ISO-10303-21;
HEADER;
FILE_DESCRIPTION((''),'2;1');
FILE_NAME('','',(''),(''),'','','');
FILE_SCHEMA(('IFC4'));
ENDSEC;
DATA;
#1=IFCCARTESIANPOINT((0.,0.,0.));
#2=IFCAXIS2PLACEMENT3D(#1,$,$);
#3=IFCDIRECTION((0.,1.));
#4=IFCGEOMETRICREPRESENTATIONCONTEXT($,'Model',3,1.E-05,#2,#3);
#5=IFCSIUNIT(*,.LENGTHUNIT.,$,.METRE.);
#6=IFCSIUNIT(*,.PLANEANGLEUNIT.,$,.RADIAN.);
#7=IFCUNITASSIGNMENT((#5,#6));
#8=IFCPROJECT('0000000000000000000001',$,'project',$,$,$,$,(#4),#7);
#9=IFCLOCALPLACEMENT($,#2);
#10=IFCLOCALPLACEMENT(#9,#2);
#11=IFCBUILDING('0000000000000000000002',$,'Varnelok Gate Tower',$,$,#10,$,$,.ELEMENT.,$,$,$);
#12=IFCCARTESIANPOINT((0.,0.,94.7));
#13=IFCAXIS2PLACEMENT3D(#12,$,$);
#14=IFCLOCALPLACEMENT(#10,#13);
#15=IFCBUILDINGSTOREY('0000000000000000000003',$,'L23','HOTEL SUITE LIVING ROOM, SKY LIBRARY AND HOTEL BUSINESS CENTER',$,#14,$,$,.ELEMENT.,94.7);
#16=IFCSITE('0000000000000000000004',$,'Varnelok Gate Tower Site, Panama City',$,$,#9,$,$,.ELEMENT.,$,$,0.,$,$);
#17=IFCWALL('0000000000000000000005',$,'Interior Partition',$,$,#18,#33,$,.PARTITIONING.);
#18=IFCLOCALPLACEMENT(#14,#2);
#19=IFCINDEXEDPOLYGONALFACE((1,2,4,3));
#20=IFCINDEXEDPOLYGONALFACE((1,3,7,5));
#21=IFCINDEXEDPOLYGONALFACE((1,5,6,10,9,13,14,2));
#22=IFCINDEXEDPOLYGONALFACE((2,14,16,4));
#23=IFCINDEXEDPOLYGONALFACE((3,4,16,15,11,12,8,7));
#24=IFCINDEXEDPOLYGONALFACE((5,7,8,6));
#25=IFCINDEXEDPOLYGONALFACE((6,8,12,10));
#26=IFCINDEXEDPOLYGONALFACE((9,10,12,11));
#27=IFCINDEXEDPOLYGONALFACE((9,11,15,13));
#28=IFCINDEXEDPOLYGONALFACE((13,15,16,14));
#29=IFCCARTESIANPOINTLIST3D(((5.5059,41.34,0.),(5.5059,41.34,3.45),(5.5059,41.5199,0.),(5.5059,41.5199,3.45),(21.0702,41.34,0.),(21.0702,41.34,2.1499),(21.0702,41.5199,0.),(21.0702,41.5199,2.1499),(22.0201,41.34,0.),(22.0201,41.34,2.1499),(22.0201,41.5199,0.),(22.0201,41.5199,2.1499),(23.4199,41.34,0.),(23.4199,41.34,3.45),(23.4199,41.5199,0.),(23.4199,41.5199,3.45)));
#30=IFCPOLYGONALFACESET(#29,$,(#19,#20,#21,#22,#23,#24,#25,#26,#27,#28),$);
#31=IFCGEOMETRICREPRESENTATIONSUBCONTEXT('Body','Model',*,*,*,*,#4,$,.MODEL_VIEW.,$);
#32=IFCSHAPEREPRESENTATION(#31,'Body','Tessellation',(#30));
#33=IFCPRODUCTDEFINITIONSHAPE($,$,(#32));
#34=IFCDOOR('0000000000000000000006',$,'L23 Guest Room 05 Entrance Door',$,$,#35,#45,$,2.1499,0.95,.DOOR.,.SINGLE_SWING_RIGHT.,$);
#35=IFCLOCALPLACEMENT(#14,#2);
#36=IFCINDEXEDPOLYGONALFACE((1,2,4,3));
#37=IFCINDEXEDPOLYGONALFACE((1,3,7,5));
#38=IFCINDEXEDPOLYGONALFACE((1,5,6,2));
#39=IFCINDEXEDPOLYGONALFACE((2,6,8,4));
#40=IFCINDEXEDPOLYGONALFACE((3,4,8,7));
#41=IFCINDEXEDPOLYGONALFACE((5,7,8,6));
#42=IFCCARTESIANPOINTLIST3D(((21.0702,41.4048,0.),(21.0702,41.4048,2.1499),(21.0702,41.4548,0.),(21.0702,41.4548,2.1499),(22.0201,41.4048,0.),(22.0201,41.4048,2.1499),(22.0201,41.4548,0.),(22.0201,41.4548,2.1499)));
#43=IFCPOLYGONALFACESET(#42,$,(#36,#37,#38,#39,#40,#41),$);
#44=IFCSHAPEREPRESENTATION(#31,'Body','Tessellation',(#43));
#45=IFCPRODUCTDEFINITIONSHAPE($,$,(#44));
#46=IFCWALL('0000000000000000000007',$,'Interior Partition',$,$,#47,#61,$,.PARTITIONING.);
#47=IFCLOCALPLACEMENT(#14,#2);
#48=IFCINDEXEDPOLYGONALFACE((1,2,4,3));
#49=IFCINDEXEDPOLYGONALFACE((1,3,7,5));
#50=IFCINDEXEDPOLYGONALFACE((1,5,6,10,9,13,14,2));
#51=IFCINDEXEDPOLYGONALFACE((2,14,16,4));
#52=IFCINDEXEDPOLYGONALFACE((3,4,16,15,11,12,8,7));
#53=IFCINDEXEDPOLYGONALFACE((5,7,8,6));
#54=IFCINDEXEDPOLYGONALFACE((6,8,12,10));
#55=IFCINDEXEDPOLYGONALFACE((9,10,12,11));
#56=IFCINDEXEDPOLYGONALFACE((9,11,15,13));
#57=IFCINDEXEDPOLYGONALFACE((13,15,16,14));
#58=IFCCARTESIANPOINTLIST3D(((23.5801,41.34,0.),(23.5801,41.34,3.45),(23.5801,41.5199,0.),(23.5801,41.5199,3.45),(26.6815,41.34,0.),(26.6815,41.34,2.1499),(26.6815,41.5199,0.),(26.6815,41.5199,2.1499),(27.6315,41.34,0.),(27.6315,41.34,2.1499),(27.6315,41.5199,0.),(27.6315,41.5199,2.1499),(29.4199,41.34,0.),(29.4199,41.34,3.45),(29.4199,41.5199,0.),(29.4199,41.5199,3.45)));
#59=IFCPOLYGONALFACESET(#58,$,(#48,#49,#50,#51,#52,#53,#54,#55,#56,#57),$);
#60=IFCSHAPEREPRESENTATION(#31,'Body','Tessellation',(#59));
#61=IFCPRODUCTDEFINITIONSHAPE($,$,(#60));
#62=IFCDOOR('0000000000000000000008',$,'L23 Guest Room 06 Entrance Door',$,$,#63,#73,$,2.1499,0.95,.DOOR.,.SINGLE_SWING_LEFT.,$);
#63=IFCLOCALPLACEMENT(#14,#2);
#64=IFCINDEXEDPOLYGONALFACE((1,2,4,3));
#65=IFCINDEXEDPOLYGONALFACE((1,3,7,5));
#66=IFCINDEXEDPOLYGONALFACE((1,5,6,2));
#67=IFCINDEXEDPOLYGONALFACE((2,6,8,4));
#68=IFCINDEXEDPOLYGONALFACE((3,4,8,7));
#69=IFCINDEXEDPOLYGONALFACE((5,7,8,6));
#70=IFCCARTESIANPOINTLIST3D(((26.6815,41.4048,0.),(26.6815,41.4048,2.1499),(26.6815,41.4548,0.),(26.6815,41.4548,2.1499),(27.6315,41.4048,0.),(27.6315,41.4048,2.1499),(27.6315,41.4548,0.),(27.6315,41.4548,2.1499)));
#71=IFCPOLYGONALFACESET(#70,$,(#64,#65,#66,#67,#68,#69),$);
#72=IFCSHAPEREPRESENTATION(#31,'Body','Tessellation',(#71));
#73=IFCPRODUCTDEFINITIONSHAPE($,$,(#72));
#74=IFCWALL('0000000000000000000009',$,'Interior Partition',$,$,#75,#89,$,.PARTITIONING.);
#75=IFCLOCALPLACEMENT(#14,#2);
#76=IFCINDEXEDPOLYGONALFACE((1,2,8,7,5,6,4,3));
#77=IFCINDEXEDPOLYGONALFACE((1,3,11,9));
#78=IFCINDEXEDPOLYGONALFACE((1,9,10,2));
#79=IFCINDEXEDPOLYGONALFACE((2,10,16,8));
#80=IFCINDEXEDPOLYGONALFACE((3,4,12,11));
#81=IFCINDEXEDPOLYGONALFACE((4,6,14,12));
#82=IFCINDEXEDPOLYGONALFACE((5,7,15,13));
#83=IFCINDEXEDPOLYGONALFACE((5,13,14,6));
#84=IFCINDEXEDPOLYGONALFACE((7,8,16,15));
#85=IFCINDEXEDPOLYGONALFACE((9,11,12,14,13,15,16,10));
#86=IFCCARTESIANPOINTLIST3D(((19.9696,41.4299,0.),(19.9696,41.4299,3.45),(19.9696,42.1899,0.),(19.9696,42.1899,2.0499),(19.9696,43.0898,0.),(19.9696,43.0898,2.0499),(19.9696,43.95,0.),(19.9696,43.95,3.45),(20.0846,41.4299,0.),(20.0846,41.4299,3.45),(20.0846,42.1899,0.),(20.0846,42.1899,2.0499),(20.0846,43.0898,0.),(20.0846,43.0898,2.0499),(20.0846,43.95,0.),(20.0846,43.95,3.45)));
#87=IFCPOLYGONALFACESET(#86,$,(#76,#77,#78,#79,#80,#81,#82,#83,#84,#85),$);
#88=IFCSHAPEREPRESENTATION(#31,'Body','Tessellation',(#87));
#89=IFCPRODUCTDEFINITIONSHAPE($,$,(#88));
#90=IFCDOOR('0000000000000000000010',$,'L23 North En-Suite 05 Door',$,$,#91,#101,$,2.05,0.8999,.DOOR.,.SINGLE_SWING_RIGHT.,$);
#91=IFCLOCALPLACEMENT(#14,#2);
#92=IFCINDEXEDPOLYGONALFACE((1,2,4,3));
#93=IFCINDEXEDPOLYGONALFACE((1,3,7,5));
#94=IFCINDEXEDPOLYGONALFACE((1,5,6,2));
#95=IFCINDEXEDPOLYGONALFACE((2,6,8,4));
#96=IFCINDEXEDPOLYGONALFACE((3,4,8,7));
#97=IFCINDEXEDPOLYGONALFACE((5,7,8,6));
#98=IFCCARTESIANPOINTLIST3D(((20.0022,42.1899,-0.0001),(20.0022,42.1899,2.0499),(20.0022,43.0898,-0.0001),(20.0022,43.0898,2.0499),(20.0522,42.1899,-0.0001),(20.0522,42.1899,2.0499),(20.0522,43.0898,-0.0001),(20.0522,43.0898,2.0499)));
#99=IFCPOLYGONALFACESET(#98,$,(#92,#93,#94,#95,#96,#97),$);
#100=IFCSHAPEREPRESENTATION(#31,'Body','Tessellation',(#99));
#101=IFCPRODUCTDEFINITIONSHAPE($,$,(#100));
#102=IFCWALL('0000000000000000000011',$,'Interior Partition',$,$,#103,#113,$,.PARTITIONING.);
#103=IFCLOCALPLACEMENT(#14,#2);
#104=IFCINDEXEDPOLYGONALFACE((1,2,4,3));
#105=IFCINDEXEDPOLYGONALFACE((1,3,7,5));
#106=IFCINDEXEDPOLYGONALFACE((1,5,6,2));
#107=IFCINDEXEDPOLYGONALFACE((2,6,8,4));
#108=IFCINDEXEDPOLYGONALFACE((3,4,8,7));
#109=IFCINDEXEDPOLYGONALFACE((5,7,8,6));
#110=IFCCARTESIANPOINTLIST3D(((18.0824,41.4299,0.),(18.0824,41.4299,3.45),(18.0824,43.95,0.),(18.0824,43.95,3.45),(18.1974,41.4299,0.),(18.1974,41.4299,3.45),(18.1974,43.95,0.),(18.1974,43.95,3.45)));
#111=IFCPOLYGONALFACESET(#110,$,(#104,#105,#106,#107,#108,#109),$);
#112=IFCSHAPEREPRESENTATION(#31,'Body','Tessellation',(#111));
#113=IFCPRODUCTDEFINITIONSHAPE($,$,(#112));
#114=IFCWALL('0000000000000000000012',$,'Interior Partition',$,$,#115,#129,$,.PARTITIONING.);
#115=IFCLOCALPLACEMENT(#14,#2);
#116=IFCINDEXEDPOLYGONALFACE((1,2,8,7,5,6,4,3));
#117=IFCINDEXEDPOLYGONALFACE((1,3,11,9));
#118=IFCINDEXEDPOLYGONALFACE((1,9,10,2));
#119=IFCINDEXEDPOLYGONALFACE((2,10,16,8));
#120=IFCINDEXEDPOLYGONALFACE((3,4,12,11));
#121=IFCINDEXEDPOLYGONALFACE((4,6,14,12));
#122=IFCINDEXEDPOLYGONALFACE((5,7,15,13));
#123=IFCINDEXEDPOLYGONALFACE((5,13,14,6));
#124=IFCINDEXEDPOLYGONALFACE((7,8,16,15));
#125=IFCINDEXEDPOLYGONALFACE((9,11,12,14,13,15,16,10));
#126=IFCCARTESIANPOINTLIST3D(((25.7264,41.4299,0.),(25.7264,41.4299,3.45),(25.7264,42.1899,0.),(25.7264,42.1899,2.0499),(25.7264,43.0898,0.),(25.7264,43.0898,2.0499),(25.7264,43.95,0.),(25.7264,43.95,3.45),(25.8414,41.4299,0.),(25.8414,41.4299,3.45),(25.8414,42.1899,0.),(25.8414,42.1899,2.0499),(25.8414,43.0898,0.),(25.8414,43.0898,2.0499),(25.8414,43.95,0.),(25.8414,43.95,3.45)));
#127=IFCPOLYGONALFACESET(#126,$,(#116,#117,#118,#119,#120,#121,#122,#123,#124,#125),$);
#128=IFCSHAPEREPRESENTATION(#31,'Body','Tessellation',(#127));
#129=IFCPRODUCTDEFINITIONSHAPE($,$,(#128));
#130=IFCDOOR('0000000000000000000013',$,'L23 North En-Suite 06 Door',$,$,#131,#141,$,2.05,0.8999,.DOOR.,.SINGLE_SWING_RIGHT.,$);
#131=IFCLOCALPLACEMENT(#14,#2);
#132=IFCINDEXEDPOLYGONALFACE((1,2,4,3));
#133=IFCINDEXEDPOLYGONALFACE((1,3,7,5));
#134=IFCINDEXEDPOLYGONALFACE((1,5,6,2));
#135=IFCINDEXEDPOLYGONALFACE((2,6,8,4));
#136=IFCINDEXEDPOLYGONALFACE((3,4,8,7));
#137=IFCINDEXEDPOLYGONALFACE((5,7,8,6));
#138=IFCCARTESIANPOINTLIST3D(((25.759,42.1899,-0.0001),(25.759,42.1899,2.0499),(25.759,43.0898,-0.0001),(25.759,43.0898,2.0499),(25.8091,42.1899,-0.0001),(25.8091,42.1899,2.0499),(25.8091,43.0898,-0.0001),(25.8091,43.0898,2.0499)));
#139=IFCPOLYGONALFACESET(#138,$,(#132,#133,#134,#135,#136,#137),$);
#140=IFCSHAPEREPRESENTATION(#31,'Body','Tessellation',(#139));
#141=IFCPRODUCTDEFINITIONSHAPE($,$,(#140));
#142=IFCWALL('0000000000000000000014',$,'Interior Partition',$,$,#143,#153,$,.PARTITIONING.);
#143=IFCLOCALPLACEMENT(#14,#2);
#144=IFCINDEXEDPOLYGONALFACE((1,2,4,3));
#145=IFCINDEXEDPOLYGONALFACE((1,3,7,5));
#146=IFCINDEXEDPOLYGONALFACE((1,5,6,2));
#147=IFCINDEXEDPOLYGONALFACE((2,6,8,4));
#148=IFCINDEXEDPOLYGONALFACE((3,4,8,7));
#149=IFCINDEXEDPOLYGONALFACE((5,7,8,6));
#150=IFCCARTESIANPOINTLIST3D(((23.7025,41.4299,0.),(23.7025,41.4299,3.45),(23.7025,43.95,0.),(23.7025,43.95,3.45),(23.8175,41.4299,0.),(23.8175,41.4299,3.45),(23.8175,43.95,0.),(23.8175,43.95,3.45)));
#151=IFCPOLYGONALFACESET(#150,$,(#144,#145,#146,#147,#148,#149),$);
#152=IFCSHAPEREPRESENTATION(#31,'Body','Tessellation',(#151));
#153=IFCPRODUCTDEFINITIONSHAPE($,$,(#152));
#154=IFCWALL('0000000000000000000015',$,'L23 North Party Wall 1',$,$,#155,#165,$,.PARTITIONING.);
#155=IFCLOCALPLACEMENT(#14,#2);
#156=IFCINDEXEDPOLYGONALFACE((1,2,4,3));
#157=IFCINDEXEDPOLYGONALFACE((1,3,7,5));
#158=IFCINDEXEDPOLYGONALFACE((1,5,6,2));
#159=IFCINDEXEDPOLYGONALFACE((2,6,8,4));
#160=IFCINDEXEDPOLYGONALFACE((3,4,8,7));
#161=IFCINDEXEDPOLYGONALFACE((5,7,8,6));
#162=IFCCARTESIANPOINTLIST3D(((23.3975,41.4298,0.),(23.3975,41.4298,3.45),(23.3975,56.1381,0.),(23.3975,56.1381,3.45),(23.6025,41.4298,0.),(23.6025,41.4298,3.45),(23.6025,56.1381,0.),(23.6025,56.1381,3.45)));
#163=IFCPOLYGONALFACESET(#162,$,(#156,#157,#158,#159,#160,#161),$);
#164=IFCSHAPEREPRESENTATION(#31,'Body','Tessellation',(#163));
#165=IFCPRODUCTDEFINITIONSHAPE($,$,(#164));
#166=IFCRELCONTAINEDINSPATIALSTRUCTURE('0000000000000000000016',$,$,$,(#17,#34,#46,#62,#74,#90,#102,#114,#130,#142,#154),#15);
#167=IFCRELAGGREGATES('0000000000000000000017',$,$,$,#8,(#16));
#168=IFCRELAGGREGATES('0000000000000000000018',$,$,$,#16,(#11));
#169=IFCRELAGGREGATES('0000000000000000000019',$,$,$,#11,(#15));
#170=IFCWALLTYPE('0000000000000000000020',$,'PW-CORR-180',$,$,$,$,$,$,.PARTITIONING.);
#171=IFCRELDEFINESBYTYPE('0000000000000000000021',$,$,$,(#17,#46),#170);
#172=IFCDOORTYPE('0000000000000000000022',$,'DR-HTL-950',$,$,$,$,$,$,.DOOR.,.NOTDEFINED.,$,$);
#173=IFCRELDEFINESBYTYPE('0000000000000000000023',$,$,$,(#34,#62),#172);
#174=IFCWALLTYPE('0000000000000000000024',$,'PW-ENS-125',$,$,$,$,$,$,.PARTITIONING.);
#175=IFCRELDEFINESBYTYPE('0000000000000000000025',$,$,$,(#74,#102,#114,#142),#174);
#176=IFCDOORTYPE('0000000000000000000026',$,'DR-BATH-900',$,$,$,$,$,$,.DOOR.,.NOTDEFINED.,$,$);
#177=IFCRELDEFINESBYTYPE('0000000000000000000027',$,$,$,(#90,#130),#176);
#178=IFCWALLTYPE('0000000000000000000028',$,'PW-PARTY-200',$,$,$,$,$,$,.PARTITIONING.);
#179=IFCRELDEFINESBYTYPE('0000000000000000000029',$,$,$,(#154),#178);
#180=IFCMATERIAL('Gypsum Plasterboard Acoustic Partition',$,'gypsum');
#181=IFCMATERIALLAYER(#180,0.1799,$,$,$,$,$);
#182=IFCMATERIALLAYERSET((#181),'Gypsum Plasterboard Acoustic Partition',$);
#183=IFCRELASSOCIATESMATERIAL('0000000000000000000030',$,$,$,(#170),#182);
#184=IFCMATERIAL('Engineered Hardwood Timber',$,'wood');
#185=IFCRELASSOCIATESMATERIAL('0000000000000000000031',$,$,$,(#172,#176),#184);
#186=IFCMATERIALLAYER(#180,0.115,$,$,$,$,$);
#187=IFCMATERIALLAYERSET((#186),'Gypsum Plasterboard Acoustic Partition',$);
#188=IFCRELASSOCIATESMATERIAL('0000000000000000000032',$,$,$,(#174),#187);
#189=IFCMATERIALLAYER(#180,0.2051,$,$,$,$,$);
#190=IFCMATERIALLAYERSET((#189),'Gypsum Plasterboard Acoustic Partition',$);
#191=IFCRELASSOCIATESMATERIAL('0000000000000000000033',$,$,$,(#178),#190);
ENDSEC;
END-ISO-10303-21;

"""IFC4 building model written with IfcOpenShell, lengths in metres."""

from ifc_helpers import new_model, si_unit, direction, frame, frame_2d, origin, place, context, subcontext, project, spatial, rectangle, extrude, material, layer, layer_set, type_object, element, fill, save


model = new_model("IFC4")

# Units and contexts
model_context = context("Model", 3, precision=1e-05, world=origin(), true_north=direction((0.0, 1.0)))
body_context = subcontext(model_context, "Body", "Model", "MODEL_VIEW")
ifc_project = project(units=[si_unit("LENGTHUNIT", "METRE"), si_unit("PLANEANGLEUNIT", "RADIAN")], contexts=[model_context])

# Site, building, storey
site_placement = place(None, origin())
site = spatial("IfcSite", under=ifc_project, at=site_placement, Name="Varnelok Gate Tower Site, Panama City", CompositionType="ELEMENT", RefElevation=0.0)
building_placement = place(site_placement, origin())
building = spatial("IfcBuilding", under=site, at=building_placement, Name="Varnelok Gate Tower", CompositionType="ELEMENT")
storey_placement = place(building_placement, frame((0.0, 0.0, 94.7)))
storey = spatial("IfcBuildingStorey", under=building, at=storey_placement, Name="L23", Description="HOTEL SUITE LIVING ROOM, SKY LIBRARY AND HOTEL BUSINESS CENTER", CompositionType="ELEMENT", Elevation=94.7)

# Walls, openings, doors
ifc_material_1 = material(Name="Gypsum Plasterboard Acoustic Partition", Category="gypsum")
ifc_layer_1 = layer(ifc_material_1, 0.1799)
ifc_layer_set_1 = layer_set([ifc_layer_1], Name="Gypsum Plasterboard Acoustic Partition")
wall_type_1 = type_object("IfcWallType", Name="PW-CORR-180", PredefinedType="PARTITIONING", material=ifc_layer_set_1)
wall_1_placement = place(storey_placement, frame((5.5059, 41.4299, 0.0), z_axis=(0.0, 0.0, 1.0), x_axis=(1.0, 0.0, 0.0)))
wall_1 = element("IfcWall", 1, at=wall_1_placement, inside=storey, type_object=wall_type_1, Name="Interior Partition", PredefinedType="PARTITIONING", context=body_context, shape_type="SweptSolid", body=[
    extrude(rectangle(XDim=17.9141, YDim=0.1799, at=frame_2d((8.957, 0.0))), origin(), (0.0, 0.0, 1.0), 3.45),
])
opening_1_placement = place(wall_1_placement, frame((15.5642, 0.0, 0.0)))
opening_1 = element("IfcOpeningElement", 2, at=opening_1_placement, cuts=wall_1, PredefinedType="OPENING", context=body_context, shape_type="SweptSolid", body=[
    extrude(rectangle(XDim=0.95, YDim=2.1499, at=frame_2d((0.4751, 1.075))), frame((0.0, 0.0999, 0.0), z_axis=(0.0, -1.0, 0.0), x_axis=(1.0, 0.0, 0.0)), (0.0, 0.0, 1.0), 0.2),
])
ifc_material_2 = material(Name="Engineered Hardwood Timber", Category="wood")
door_type_1 = type_object("IfcDoorType", Name="DR-HTL-950", OperationType="NOTDEFINED", PredefinedType="DOOR", material=ifc_material_2)
door_1_placement = place(opening_1_placement, origin())
door_1 = element("IfcDoor", 3, at=door_1_placement, inside=storey, type_object=door_type_1, Name="L23 Guest Room 05 Entrance Door", OperationType="SINGLE_SWING_RIGHT", OverallHeight=2.1499, OverallWidth=0.95, PredefinedType="DOOR", context=body_context, shape_type="SweptSolid", body=[
    extrude(rectangle(XDim=0.95, YDim=2.1499, at=frame_2d((0.4751, 1.075))), frame((0.0, 0.0249, 0.0), z_axis=(0.0, -1.0, 0.0), x_axis=(1.0, 0.0, 0.0)), (0.0, 0.0, 1.0), 0.05),
])
fill(opening_1, door_1)
wall_2_placement = place(storey_placement, frame((23.5801, 41.4299, 0.0), z_axis=(0.0, 0.0, 1.0), x_axis=(1.0, 0.0, 0.0)))
wall_2 = element("IfcWall", 4, at=wall_2_placement, inside=storey, type_object=wall_type_1, Name="Interior Partition", PredefinedType="PARTITIONING", context=body_context, shape_type="SweptSolid", body=[
    extrude(rectangle(XDim=5.8398, YDim=0.1799, at=frame_2d((2.9199, 0.0))), origin(), (0.0, 0.0, 1.0), 3.45),
])
opening_2_placement = place(wall_2_placement, frame((3.1013, 0.0, 0.0)))
opening_2 = element("IfcOpeningElement", 5, at=opening_2_placement, cuts=wall_2, PredefinedType="OPENING", context=body_context, shape_type="SweptSolid", body=[
    extrude(rectangle(XDim=0.95, YDim=2.1499, at=frame_2d((0.4751, 1.075))), frame((0.0, 0.0999, 0.0), z_axis=(0.0, -1.0, 0.0), x_axis=(1.0, 0.0, 0.0)), (0.0, 0.0, 1.0), 0.2),
])
door_2_placement = place(opening_2_placement, origin())
door_2 = element("IfcDoor", 6, at=door_2_placement, inside=storey, type_object=door_type_1, Name="L23 Guest Room 06 Entrance Door", OperationType="SINGLE_SWING_LEFT", OverallHeight=2.1499, OverallWidth=0.95, PredefinedType="DOOR", context=body_context, shape_type="SweptSolid", body=[
    extrude(rectangle(XDim=0.95, YDim=2.1499, at=frame_2d((0.4751, 1.075))), frame((0.0, 0.0249, 0.0), z_axis=(0.0, -1.0, 0.0), x_axis=(1.0, 0.0, 0.0)), (0.0, 0.0, 1.0), 0.05),
])
fill(opening_2, door_2)
ifc_layer_2 = layer(ifc_material_1, 0.115)
ifc_layer_set_2 = layer_set([ifc_layer_2], Name="Gypsum Plasterboard Acoustic Partition")
wall_type_2 = type_object("IfcWallType", Name="PW-ENS-125", PredefinedType="PARTITIONING", material=ifc_layer_set_2)
wall_3_placement = place(storey_placement, frame((20.0271, 41.4299, 0.0), z_axis=(0.0, 0.0, 1.0), x_axis=(0.0, 1.0, 0.0)))
wall_3 = element("IfcWall", 7, at=wall_3_placement, inside=storey, type_object=wall_type_2, Name="Interior Partition", PredefinedType="PARTITIONING", context=body_context, shape_type="SweptSolid", body=[
    extrude(rectangle(XDim=2.52, YDim=0.115, at=frame_2d((1.26, 0.0))), origin(), (0.0, 0.0, 1.0), 3.45),
])
opening_3_placement = place(wall_3_placement, frame((0.76, 0.0, 0.0)))
opening_3 = element("IfcOpeningElement", 8, at=opening_3_placement, cuts=wall_3, PredefinedType="OPENING", context=body_context, shape_type="SweptSolid", body=[
    extrude(rectangle(XDim=0.8999, YDim=2.05, at=frame_2d((0.45, 1.0249))), frame((0.0, 0.0674, 0.0), z_axis=(0.0, -1.0, 0.0), x_axis=(1.0, 0.0, 0.0)), (0.0, 0.0, 1.0), 0.135),
])
door_type_2 = type_object("IfcDoorType", Name="DR-BATH-900", OperationType="NOTDEFINED", PredefinedType="DOOR", material=ifc_material_2)
door_3_placement = place(opening_3_placement, origin())
door_3 = element("IfcDoor", 9, at=door_3_placement, inside=storey, type_object=door_type_2, Name="L23 North En-Suite 05 Door", OperationType="SINGLE_SWING_RIGHT", OverallHeight=2.05, OverallWidth=0.8999, PredefinedType="DOOR", context=body_context, shape_type="SweptSolid", body=[
    extrude(rectangle(XDim=0.8999, YDim=2.05, at=frame_2d((0.45, 1.0249))), frame((0.0, 0.0249, 0.0), z_axis=(0.0, -1.0, 0.0), x_axis=(1.0, 0.0, 0.0)), (0.0, 0.0, 1.0), 0.05),
])
fill(opening_3, door_3)

# Wall
wall_4_placement = place(storey_placement, frame((18.1399, 41.4299, 0.0), z_axis=(0.0, 0.0, 1.0), x_axis=(0.0, 1.0, 0.0)))
element("IfcWall", 10, at=wall_4_placement, inside=storey, type_object=wall_type_2, Name="Interior Partition", PredefinedType="PARTITIONING", context=body_context, shape_type="SweptSolid", body=[
    extrude(rectangle(XDim=2.52, YDim=0.115, at=frame_2d((1.26, 0.0))), origin(), (0.0, 0.0, 1.0), 3.45),
])

# Wall, opening, door
wall_5_placement = place(storey_placement, frame((25.7839, 41.4299, 0.0), z_axis=(0.0, 0.0, 1.0), x_axis=(0.0, 1.0, 0.0)))
wall_5 = element("IfcWall", 11, at=wall_5_placement, inside=storey, type_object=wall_type_2, Name="Interior Partition", PredefinedType="PARTITIONING", context=body_context, shape_type="SweptSolid", body=[
    extrude(rectangle(XDim=2.52, YDim=0.115, at=frame_2d((1.26, 0.0))), origin(), (0.0, 0.0, 1.0), 3.45),
])
opening_4_placement = place(wall_5_placement, frame((0.76, 0.0, 0.0)))
opening_4 = element("IfcOpeningElement", 12, at=opening_4_placement, cuts=wall_5, PredefinedType="OPENING", context=body_context, shape_type="SweptSolid", body=[
    extrude(rectangle(XDim=0.8999, YDim=2.05, at=frame_2d((0.45, 1.0249))), frame((0.0, 0.0674, 0.0), z_axis=(0.0, -1.0, 0.0), x_axis=(1.0, 0.0, 0.0)), (0.0, 0.0, 1.0), 0.135),
])
door_4_placement = place(opening_4_placement, origin())
door_4 = element("IfcDoor", 13, at=door_4_placement, inside=storey, type_object=door_type_2, Name="L23 North En-Suite 06 Door", OperationType="SINGLE_SWING_RIGHT", OverallHeight=2.05, OverallWidth=0.8999, PredefinedType="DOOR", context=body_context, shape_type="SweptSolid", body=[
    extrude(rectangle(XDim=0.8999, YDim=2.05, at=frame_2d((0.45, 1.0249))), frame((0.0, 0.0249, 0.0), z_axis=(0.0, -1.0, 0.0), x_axis=(1.0, 0.0, 0.0)), (0.0, 0.0, 1.0), 0.05),
])
fill(opening_4, door_4)

# Walls
wall_6_placement = place(storey_placement, frame((23.76, 41.4299, 0.0), z_axis=(0.0, 0.0, 1.0), x_axis=(0.0, 1.0, 0.0)))
element("IfcWall", 14, at=wall_6_placement, inside=storey, type_object=wall_type_2, Name="Interior Partition", PredefinedType="PARTITIONING", context=body_context, shape_type="SweptSolid", body=[
    extrude(rectangle(XDim=2.52, YDim=0.115, at=frame_2d((1.26, 0.0))), origin(), (0.0, 0.0, 1.0), 3.45),
])
ifc_layer_3 = layer(ifc_material_1, 0.2051)
ifc_layer_set_3 = layer_set([ifc_layer_3], Name="Gypsum Plasterboard Acoustic Partition")
wall_type_3 = type_object("IfcWallType", Name="PW-PARTY-200", PredefinedType="PARTITIONING", material=ifc_layer_set_3)
wall_7_placement = place(storey_placement, frame((23.5, 41.4299, 0.0), z_axis=(0.0, 0.0, 1.0), x_axis=(0.0, 1.0, 0.0)))
element("IfcWall", 15, at=wall_7_placement, inside=storey, type_object=wall_type_3, Name="L23 North Party Wall 1", PredefinedType="PARTITIONING", context=body_context, shape_type="SweptSolid", body=[
    extrude(rectangle(XDim=14.7083, YDim=0.2051, at=frame_2d((7.354, 0.0))), origin(), (0.0, 0.0, 1.0), 3.45),
])

save(model, "model.ifc")
